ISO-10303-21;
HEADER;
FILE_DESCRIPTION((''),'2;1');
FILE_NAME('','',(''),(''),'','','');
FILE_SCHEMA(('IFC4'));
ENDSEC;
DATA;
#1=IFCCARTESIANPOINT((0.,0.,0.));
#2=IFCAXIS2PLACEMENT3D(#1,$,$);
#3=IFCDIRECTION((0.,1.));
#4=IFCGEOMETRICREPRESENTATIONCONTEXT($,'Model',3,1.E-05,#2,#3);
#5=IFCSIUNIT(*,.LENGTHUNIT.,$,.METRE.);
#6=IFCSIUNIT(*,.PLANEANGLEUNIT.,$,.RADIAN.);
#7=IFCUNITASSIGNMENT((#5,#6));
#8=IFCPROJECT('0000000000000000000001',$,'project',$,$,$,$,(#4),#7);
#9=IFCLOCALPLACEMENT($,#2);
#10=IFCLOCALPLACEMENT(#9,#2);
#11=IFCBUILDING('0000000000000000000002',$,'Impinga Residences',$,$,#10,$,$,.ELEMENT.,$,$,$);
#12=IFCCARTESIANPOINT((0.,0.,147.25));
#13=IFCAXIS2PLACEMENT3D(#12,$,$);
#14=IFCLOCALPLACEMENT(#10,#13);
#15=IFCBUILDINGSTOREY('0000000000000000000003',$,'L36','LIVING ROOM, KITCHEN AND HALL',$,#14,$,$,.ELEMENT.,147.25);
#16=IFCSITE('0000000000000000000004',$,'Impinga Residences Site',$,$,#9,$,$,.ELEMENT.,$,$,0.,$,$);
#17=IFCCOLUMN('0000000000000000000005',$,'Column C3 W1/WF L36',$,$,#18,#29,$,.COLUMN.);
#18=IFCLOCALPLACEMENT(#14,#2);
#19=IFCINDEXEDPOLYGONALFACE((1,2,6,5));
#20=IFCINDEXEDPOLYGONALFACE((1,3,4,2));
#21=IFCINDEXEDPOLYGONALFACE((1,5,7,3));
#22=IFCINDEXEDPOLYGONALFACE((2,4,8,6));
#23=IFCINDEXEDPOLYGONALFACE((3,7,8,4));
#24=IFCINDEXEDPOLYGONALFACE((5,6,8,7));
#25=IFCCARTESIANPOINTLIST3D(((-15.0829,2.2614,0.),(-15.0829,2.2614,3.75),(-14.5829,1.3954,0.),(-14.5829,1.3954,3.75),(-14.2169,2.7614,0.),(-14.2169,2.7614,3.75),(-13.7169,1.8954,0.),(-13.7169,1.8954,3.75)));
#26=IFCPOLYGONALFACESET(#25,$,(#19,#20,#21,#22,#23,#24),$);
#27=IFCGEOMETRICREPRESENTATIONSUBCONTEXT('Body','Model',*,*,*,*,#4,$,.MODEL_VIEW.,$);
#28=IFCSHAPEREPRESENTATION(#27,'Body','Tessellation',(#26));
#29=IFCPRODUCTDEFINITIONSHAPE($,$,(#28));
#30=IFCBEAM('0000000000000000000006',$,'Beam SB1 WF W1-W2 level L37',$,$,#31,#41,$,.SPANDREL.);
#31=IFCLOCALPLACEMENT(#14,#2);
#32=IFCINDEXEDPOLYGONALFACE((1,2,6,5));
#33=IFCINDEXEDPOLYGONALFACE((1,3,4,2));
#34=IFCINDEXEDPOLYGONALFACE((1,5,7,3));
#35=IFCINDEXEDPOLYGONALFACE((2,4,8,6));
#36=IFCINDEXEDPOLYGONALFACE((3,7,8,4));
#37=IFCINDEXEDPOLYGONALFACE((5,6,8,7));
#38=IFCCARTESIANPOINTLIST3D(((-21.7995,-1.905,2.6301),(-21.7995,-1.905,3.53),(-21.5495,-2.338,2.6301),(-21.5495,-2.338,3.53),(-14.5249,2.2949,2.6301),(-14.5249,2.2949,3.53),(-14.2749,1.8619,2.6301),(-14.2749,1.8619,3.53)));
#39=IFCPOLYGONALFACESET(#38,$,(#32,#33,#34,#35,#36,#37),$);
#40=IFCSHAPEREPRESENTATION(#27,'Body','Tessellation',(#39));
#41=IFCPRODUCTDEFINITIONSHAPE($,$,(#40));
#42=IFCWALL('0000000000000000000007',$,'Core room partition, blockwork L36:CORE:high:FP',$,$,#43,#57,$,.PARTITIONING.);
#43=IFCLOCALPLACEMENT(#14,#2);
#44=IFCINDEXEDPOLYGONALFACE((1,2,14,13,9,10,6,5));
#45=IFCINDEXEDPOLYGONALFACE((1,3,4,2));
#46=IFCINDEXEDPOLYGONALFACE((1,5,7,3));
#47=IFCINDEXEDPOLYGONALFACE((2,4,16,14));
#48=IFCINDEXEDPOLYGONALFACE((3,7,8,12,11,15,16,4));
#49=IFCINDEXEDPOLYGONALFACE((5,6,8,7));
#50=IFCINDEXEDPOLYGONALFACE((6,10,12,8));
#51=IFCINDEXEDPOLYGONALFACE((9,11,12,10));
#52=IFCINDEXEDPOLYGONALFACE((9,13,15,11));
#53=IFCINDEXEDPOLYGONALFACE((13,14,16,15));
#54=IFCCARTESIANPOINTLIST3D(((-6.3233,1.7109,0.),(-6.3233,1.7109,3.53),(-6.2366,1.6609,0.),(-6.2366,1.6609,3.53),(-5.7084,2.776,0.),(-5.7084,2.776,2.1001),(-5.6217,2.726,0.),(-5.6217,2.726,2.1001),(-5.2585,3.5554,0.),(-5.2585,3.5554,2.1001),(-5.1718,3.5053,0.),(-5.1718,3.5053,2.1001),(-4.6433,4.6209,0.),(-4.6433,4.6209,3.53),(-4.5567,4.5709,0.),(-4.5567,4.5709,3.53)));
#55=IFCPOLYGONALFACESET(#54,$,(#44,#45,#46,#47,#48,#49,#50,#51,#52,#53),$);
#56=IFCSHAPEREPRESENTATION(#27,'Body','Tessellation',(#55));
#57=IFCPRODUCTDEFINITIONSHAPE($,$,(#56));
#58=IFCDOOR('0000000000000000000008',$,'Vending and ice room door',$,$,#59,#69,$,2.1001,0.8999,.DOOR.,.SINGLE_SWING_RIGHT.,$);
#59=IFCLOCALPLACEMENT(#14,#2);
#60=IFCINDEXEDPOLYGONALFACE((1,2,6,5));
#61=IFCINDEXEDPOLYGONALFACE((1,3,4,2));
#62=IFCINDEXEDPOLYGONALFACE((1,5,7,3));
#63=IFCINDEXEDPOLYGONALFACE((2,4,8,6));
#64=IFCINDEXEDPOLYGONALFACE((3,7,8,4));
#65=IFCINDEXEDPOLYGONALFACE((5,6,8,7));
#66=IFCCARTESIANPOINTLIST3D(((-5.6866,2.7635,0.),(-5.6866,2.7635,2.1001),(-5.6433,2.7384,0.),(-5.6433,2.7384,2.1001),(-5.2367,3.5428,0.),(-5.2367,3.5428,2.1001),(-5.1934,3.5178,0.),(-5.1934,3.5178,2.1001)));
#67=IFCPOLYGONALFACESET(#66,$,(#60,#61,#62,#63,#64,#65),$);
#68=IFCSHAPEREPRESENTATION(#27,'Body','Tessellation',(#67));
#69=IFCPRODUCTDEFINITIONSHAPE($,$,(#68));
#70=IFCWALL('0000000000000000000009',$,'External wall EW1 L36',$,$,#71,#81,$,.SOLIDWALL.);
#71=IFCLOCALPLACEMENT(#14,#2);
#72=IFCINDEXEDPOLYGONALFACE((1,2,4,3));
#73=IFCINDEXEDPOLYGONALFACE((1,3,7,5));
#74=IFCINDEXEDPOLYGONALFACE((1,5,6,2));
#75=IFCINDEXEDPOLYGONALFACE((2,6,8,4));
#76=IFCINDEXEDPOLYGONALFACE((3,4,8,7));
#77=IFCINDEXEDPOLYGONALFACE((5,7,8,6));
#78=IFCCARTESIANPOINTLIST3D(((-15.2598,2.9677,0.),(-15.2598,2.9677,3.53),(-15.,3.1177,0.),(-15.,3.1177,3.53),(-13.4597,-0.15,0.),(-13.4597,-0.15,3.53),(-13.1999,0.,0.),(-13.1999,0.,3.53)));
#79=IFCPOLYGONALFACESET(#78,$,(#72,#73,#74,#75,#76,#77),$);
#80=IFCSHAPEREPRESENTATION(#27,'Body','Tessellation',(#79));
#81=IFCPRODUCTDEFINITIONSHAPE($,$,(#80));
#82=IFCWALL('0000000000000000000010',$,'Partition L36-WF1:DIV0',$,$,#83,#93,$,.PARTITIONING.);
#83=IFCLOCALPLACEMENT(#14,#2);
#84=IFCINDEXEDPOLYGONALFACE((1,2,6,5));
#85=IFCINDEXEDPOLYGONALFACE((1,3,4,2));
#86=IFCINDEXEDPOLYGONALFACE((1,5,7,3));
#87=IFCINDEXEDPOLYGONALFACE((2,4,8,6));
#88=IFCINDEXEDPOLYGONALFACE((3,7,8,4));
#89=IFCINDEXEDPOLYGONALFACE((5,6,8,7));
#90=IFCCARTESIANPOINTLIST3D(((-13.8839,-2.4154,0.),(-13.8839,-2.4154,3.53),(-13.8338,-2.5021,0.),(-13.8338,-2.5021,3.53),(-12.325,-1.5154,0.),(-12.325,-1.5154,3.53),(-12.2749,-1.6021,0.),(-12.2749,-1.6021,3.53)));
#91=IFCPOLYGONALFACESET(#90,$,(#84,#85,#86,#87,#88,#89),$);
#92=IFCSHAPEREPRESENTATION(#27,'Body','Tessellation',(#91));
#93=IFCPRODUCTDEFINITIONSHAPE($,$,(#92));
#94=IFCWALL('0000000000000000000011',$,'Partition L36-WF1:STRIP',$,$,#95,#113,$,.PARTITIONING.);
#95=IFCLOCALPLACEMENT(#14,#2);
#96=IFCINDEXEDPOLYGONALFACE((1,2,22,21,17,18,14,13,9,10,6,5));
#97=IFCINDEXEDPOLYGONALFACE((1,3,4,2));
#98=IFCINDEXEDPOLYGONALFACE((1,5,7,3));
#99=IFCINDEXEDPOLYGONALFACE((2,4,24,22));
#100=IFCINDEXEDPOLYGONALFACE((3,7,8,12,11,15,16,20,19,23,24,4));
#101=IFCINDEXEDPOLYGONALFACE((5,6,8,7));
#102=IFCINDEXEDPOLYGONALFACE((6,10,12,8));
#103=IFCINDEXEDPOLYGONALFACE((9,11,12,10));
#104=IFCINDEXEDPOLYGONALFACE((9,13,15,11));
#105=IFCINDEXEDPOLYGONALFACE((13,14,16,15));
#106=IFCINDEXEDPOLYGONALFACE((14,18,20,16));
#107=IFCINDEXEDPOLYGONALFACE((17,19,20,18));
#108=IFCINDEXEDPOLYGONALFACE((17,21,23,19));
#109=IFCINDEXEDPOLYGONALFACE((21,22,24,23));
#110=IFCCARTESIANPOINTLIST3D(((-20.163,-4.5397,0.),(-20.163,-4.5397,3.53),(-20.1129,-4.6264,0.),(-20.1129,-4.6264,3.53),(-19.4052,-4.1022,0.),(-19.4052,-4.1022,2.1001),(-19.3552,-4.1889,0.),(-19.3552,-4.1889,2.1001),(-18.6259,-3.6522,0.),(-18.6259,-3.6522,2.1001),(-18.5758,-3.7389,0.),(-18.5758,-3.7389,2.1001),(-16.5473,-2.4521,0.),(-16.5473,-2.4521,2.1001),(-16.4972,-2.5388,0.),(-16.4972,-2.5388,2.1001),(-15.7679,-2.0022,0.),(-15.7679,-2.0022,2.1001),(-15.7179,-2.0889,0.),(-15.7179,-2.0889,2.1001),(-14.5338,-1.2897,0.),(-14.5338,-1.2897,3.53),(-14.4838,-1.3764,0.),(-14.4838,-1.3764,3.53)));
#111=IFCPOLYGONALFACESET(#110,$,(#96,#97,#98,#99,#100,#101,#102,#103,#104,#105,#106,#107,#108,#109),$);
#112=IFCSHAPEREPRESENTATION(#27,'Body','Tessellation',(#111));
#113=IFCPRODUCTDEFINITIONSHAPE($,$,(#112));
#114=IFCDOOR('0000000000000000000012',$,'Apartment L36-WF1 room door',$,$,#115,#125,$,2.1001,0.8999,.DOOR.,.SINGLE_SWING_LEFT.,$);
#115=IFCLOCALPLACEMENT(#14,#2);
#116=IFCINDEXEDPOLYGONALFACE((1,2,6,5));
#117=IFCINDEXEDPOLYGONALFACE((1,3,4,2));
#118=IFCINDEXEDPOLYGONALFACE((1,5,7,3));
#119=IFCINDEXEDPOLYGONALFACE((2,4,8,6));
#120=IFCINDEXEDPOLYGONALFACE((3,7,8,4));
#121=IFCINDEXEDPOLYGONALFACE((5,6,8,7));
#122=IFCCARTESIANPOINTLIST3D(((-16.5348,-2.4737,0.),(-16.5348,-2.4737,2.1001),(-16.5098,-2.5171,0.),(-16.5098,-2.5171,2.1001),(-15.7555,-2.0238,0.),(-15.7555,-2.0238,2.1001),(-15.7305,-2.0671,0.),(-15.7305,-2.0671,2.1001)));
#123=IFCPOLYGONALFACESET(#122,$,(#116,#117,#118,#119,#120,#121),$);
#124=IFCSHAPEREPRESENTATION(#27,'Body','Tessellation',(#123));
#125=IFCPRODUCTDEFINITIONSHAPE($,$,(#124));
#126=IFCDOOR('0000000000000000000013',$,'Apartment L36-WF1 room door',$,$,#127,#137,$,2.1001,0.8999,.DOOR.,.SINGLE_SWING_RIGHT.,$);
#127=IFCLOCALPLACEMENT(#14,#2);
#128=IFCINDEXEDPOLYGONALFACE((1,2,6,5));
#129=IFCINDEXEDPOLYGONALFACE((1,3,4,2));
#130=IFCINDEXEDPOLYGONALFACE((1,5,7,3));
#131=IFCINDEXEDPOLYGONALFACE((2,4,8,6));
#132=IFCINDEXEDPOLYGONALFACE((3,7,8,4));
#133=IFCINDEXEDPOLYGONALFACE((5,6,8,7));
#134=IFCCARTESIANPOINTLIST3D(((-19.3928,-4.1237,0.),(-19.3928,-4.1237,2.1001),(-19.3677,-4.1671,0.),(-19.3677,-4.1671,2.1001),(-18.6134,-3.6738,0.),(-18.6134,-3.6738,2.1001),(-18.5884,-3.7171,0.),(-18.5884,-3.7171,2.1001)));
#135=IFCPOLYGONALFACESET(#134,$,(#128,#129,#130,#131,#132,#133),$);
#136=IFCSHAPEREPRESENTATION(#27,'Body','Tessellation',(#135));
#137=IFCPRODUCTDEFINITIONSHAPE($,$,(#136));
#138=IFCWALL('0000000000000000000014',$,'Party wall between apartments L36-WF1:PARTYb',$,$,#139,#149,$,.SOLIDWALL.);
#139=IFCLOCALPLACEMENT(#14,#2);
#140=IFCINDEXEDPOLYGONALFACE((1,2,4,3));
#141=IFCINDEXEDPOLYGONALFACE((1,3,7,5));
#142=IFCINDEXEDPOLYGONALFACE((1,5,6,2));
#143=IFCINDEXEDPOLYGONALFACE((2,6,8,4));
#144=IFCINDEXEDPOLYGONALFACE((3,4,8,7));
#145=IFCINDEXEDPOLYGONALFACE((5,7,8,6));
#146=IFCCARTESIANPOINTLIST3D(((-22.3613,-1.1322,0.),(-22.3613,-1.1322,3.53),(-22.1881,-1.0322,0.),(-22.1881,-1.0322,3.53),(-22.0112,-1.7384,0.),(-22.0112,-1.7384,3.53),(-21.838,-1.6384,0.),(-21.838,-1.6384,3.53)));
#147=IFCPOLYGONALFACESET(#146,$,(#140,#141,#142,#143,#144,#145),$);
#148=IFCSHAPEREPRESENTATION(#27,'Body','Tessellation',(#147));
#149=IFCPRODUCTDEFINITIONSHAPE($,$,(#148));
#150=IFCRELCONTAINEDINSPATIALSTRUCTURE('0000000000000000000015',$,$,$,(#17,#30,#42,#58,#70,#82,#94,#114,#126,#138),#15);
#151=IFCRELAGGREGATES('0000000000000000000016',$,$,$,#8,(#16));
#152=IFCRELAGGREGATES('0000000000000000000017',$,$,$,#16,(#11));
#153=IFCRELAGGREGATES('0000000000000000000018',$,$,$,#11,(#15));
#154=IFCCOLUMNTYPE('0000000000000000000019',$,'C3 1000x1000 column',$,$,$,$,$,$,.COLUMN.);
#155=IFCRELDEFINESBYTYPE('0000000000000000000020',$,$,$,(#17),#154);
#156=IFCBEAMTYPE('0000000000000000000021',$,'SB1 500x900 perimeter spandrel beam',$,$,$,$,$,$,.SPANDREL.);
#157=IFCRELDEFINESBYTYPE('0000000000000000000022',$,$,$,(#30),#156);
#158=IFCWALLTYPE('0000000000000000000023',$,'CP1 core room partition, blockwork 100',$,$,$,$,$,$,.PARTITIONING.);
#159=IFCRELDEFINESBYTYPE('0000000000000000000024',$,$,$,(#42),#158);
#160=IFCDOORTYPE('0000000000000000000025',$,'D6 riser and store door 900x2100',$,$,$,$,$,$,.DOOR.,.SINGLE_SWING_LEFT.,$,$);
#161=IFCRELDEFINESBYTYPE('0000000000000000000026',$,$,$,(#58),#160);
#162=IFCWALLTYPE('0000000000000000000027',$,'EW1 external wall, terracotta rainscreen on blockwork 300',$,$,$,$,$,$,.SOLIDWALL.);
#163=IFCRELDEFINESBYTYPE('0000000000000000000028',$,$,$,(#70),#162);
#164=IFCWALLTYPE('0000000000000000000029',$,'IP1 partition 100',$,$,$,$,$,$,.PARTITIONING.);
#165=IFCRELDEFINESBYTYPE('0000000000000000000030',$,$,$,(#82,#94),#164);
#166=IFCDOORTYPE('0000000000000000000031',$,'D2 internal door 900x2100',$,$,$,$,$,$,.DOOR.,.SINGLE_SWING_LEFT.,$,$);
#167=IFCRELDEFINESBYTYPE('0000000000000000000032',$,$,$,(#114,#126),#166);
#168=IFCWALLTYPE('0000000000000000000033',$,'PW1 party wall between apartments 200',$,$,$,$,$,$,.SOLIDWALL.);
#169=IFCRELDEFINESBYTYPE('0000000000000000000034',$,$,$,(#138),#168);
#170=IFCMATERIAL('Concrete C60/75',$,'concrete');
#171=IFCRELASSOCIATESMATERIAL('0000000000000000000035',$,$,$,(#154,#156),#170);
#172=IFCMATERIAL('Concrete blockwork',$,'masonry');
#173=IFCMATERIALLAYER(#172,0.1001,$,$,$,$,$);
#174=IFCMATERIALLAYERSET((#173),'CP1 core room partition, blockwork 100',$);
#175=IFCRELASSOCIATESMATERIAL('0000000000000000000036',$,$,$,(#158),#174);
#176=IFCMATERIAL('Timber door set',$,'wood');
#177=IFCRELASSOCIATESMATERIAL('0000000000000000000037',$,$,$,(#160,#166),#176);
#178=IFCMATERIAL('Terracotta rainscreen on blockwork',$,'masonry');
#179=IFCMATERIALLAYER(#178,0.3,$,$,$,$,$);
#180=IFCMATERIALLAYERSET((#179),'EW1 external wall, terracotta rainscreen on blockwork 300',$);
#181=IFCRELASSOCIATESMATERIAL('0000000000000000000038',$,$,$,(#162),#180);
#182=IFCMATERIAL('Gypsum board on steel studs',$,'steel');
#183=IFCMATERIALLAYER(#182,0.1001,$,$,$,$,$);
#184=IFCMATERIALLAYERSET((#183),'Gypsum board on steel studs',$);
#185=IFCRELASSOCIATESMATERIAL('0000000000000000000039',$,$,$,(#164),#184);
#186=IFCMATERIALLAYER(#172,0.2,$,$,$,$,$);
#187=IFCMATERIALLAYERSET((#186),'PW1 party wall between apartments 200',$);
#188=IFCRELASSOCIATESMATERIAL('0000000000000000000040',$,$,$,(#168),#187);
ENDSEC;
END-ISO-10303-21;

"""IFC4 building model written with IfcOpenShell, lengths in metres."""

from ifc_helpers import new_model, si_unit, direction, frame, frame_2d, origin, origin_2d, place, context, subcontext, project, spatial, rectangle, extrude, material, layer, layer_set, material_profile, profile_set, type_object, element, fill, save


model = new_model("IFC4")

# Units and contexts
model_context = context("Model", 3, precision=1e-05, world=origin(), true_north=direction((0.0, 1.0)))
body_context = subcontext(model_context, "Body", "Model", "MODEL_VIEW")
ifc_project = project(units=[si_unit("LENGTHUNIT", "METRE"), si_unit("PLANEANGLEUNIT", "RADIAN")], contexts=[model_context])

# Site, building, storey
site_placement = place(None, origin())
site = spatial("IfcSite", under=ifc_project, at=site_placement, Name="Impinga Residences Site", CompositionType="ELEMENT", RefElevation=0.0)
building_placement = place(site_placement, origin())
building = spatial("IfcBuilding", under=site, at=building_placement, Name="Impinga Residences", CompositionType="ELEMENT")
storey_placement = place(building_placement, frame((0.0, 0.0, 147.25)))
storey = spatial("IfcBuildingStorey", under=building, at=storey_placement, Name="L36", Description="LIVING ROOM, KITCHEN AND HALL", CompositionType="ELEMENT", Elevation=147.25)

# Column
ifc_material_1 = material(Name="Concrete C60/75", Category="concrete")
ifc_material_profile_1 = material_profile(ifc_material_1, rectangle(XDim=1.0, YDim=1.0, at=origin_2d()), Name="RC 1000x1000")
ifc_profile_set_1 = profile_set([ifc_material_profile_1], Name="Concrete C60/75")
column_type = type_object("IfcColumnType", Name="C3 1000x1000 column", PredefinedType="COLUMN", material=ifc_profile_set_1)
column_placement = place(storey_placement, frame((-14.3999, 2.0784, 0.0), z_axis=(0.0, 0.0, 1.0), x_axis=(-0.5, 0.866025, 0.0)))
element("IfcColumn", 1, at=column_placement, inside=storey, type_object=column_type, Name="Column C3 W1/WF L36", PredefinedType="COLUMN", context=body_context, shape_type="SweptSolid", body=[
    extrude(rectangle(XDim=1.0, YDim=1.0, at=origin_2d()), origin(), (0.0, 0.0, 1.0), 3.75),
])

# Beam
ifc_material_profile_2 = material_profile(ifc_material_1, rectangle(XDim=0.5, YDim=0.8999, at=origin_2d()), Name="RC 500x900")
ifc_profile_set_2 = profile_set([ifc_material_profile_2], Name="Concrete C60/75")
beam_type = type_object("IfcBeamType", Name="SB1 500x900 perimeter spandrel beam", PredefinedType="SPANDREL", material=ifc_profile_set_2)
beam_placement = place(storey_placement, frame((-14.3999, 2.0784, 3.0801), z_axis=(-0.866029, -0.499993, 0.0), x_axis=(0.499993, -0.866029, 0.0)))
element("IfcBeam", 2, at=beam_placement, inside=storey, type_object=beam_type, Name="Beam SB1 WF W1-W2 level L37", PredefinedType="SPANDREL", context=body_context, shape_type="SweptSolid", body=[
    extrude(rectangle(XDim=0.5, YDim=0.8999, at=origin_2d()), origin(), (0.0, 0.0, 1.0), 8.3999),
])

# Wall, opening, door
ifc_material_2 = material(Name="Concrete blockwork", Category="masonry")
ifc_layer_1 = layer(ifc_material_2, 0.1001)
ifc_layer_set_1 = layer_set([ifc_layer_1], Name="CP1 core room partition, blockwork 100")
wall_type_1 = type_object("IfcWallType", Name="CP1 core room partition, blockwork 100", PredefinedType="PARTITIONING", material=ifc_layer_set_1)
wall_1_placement = place(storey_placement, frame((-6.28, 1.6858, 0.0), z_axis=(0.0, 0.0, 1.0), x_axis=(0.499976, 0.866039, 0.0)))
wall_1 = element("IfcWall", 3, at=wall_1_placement, inside=storey, type_object=wall_type_1, Name="Core room partition, blockwork L36:CORE:high:FP", PredefinedType="PARTITIONING", context=body_context, shape_type="SweptSolid", body=[
    extrude(rectangle(XDim=3.3601, YDim=0.1001, at=frame_2d((1.6802, 0.0))), origin(), (0.0, 0.0, 1.0), 3.53),
])
opening_1_placement = place(wall_1_placement, frame((1.23, 0.0, 0.0)))
opening_1 = element("IfcOpeningElement", 4, at=opening_1_placement, cuts=wall_1, PredefinedType="OPENING", context=body_context, shape_type="SweptSolid", body=[
    extrude(rectangle(XDim=0.8999, YDim=2.1001, at=frame_2d((0.45, 1.05))), frame((0.0, 0.0601, 0.0), z_axis=(0.0, -1.0, 0.0), x_axis=(1.0, 0.0, 0.0)), (0.0, 0.0, 1.0), 0.1201),
])
ifc_material_3 = material(Name="Timber door set", Category="wood")
door_type_1 = type_object("IfcDoorType", Name="D6 riser and store door 900x2100", OperationType="SINGLE_SWING_LEFT", PredefinedType="DOOR", material=ifc_material_3)
door_1_placement = place(opening_1_placement, origin())
door_1 = element("IfcDoor", 5, at=door_1_placement, inside=storey, type_object=door_type_1, Name="Vending and ice room door", OperationType="SINGLE_SWING_RIGHT", OverallHeight=2.1001, OverallWidth=0.8999, PredefinedType="DOOR", context=body_context, shape_type="SweptSolid", body=[
    extrude(rectangle(XDim=0.8999, YDim=2.1001, at=frame_2d((0.45, 1.05))), frame((0.0, 0.0249, 0.0), z_axis=(0.0, -1.0, 0.0), x_axis=(1.0, 0.0, 0.0)), (0.0, 0.0, 1.0), 0.05),
])
fill(opening_1, door_1)

# Walls
ifc_material_4 = material(Name="Terracotta rainscreen on blockwork", Category="masonry")
ifc_layer_2 = layer(ifc_material_4, 0.3)
ifc_layer_set_2 = layer_set([ifc_layer_2], Name="EW1 external wall, terracotta rainscreen on blockwork 300")
wall_type_2 = type_object("IfcWallType", Name="EW1 external wall, terracotta rainscreen on blockwork 300", PredefinedType="SOLIDWALL", material=ifc_layer_set_2)
wall_2_placement = place(storey_placement, frame((-15.1299, 3.0427, 0.0), z_axis=(0.0, 0.0, 1.0), x_axis=(0.500012, -0.866018, 0.0)))
element("IfcWall", 6, at=wall_2_placement, inside=storey, type_object=wall_type_2, Name="External wall EW1 L36", PredefinedType="SOLIDWALL", context=body_context, shape_type="SweptSolid", body=[
    extrude(rectangle(XDim=3.6001, YDim=0.3, at=frame_2d((1.8, 0.0))), origin(), (0.0, 0.0, 1.0), 3.53),
])
ifc_material_5 = material(Name="Gypsum board on steel studs", Category="steel")
ifc_layer_3 = layer(ifc_material_5, 0.1001)
ifc_layer_set_3 = layer_set([ifc_layer_3], Name="Gypsum board on steel studs")
wall_type_3 = type_object("IfcWallType", Name="IP1 partition 100", PredefinedType="PARTITIONING", material=ifc_layer_set_3)
wall_3_placement = place(storey_placement, frame((-12.3, -1.5588, 0.0), z_axis=(0.0, 0.0, 1.0), x_axis=(-0.866048, -0.499961, 0.0)))
element("IfcWall", 7, at=wall_3_placement, inside=storey, type_object=wall_type_3, Name="Partition L36-WF1:DIV0", PredefinedType="PARTITIONING", context=body_context, shape_type="SweptSolid", body=[
    extrude(rectangle(XDim=1.8, YDim=0.1001, at=frame_2d((0.8999, 0.0))), origin(), (0.0, 0.0, 1.0), 3.53),
])

# Wall, openings, doors
wall_4_placement = place(storey_placement, frame((-14.5088, -1.333, 0.0), z_axis=(0.0, 0.0, 1.0), x_axis=(-0.866025, -0.500001, 0.0)))
wall_4 = element("IfcWall", 8, at=wall_4_placement, inside=storey, type_object=wall_type_3, Name="Partition L36-WF1:STRIP", PredefinedType="PARTITIONING", context=body_context, shape_type="SweptSolid", body=[
    extrude(rectangle(XDim=6.5, YDim=0.1001, at=frame_2d((3.25, 0.0))), origin(), (0.0, 0.0, 1.0), 3.53),
])
opening_2_placement = place(wall_4_placement, frame((1.425, 0.0, 0.0)))
opening_2 = element("IfcOpeningElement", 9, at=opening_2_placement, cuts=wall_4, PredefinedType="OPENING", context=body_context, shape_type="SweptSolid", body=[
    extrude(rectangle(XDim=0.8999, YDim=2.1001, at=frame_2d((0.45, 1.05))), frame((0.0, 0.0601, 0.0), z_axis=(0.0, -1.0, 0.0), x_axis=(1.0, 0.0, 0.0)), (0.0, 0.0, 1.0), 0.1201),
])
opening_3_placement = place(wall_4_placement, frame((4.7251, 0.0, 0.0)))
opening_3 = element("IfcOpeningElement", 10, at=opening_3_placement, cuts=wall_4, PredefinedType="OPENING", context=body_context, shape_type="SweptSolid", body=[
    extrude(rectangle(XDim=0.8999, YDim=2.1001, at=frame_2d((0.45, 1.05))), frame((0.0, 0.0601, 0.0), z_axis=(0.0, -1.0, 0.0), x_axis=(1.0, 0.0, 0.0)), (0.0, 0.0, 1.0), 0.1201),
])
door_type_2 = type_object("IfcDoorType", Name="D2 internal door 900x2100", OperationType="SINGLE_SWING_LEFT", PredefinedType="DOOR", material=ifc_material_3)
door_2_placement = place(opening_2_placement, origin())
door_2 = element("IfcDoor", 11, at=door_2_placement, inside=storey, type_object=door_type_2, Name="Apartment L36-WF1 room door", OperationType="SINGLE_SWING_LEFT", OverallHeight=2.1001, OverallWidth=0.8999, PredefinedType="DOOR", context=body_context, shape_type="SweptSolid", body=[
    extrude(rectangle(XDim=0.8999, YDim=2.1001, at=frame_2d((0.45, 1.05))), frame((0.0, 0.0249, 0.0), z_axis=(0.0, -1.0, 0.0), x_axis=(1.0, 0.0, 0.0)), (0.0, 0.0, 1.0), 0.05),
])
fill(opening_2, door_2)
door_3_placement = place(opening_3_placement, origin())
door_3 = element("IfcDoor", 12, at=door_3_placement, inside=storey, type_object=door_type_2, Name="Apartment L36-WF1 room door", OperationType="SINGLE_SWING_RIGHT", OverallHeight=2.1001, OverallWidth=0.8999, PredefinedType="DOOR", context=body_context, shape_type="SweptSolid", body=[
    extrude(rectangle(XDim=0.8999, YDim=2.1001, at=frame_2d((0.45, 1.05))), frame((0.0, 0.0249, 0.0), z_axis=(0.0, -1.0, 0.0), x_axis=(1.0, 0.0, 0.0)), (0.0, 0.0, 1.0), 0.05),
])
fill(opening_3, door_3)

# Wall
ifc_layer_4 = layer(ifc_material_2, 0.2)
ifc_layer_set_4 = layer_set([ifc_layer_4], Name="PW1 party wall between apartments 200")
wall_type_4 = type_object("IfcWallType", Name="PW1 party wall between apartments 200", PredefinedType="SOLIDWALL", material=ifc_layer_set_4)
wall_5_placement = place(storey_placement, frame((-21.9246, -1.6885, 0.0), z_axis=(0.0, 0.0, 1.0), x_axis=(-0.500115, 0.865959, 0.0)))
element("IfcWall", 13, at=wall_5_placement, inside=storey, type_object=wall_type_4, Name="Party wall between apartments L36-WF1:PARTYb", PredefinedType="SOLIDWALL", context=body_context, shape_type="SweptSolid", body=[
    extrude(rectangle(XDim=0.7, YDim=0.2, at=frame_2d((0.3501, 0.0))), origin(), (0.0, 0.0, 1.0), 3.53),
])

save(model, "model.ifc")
